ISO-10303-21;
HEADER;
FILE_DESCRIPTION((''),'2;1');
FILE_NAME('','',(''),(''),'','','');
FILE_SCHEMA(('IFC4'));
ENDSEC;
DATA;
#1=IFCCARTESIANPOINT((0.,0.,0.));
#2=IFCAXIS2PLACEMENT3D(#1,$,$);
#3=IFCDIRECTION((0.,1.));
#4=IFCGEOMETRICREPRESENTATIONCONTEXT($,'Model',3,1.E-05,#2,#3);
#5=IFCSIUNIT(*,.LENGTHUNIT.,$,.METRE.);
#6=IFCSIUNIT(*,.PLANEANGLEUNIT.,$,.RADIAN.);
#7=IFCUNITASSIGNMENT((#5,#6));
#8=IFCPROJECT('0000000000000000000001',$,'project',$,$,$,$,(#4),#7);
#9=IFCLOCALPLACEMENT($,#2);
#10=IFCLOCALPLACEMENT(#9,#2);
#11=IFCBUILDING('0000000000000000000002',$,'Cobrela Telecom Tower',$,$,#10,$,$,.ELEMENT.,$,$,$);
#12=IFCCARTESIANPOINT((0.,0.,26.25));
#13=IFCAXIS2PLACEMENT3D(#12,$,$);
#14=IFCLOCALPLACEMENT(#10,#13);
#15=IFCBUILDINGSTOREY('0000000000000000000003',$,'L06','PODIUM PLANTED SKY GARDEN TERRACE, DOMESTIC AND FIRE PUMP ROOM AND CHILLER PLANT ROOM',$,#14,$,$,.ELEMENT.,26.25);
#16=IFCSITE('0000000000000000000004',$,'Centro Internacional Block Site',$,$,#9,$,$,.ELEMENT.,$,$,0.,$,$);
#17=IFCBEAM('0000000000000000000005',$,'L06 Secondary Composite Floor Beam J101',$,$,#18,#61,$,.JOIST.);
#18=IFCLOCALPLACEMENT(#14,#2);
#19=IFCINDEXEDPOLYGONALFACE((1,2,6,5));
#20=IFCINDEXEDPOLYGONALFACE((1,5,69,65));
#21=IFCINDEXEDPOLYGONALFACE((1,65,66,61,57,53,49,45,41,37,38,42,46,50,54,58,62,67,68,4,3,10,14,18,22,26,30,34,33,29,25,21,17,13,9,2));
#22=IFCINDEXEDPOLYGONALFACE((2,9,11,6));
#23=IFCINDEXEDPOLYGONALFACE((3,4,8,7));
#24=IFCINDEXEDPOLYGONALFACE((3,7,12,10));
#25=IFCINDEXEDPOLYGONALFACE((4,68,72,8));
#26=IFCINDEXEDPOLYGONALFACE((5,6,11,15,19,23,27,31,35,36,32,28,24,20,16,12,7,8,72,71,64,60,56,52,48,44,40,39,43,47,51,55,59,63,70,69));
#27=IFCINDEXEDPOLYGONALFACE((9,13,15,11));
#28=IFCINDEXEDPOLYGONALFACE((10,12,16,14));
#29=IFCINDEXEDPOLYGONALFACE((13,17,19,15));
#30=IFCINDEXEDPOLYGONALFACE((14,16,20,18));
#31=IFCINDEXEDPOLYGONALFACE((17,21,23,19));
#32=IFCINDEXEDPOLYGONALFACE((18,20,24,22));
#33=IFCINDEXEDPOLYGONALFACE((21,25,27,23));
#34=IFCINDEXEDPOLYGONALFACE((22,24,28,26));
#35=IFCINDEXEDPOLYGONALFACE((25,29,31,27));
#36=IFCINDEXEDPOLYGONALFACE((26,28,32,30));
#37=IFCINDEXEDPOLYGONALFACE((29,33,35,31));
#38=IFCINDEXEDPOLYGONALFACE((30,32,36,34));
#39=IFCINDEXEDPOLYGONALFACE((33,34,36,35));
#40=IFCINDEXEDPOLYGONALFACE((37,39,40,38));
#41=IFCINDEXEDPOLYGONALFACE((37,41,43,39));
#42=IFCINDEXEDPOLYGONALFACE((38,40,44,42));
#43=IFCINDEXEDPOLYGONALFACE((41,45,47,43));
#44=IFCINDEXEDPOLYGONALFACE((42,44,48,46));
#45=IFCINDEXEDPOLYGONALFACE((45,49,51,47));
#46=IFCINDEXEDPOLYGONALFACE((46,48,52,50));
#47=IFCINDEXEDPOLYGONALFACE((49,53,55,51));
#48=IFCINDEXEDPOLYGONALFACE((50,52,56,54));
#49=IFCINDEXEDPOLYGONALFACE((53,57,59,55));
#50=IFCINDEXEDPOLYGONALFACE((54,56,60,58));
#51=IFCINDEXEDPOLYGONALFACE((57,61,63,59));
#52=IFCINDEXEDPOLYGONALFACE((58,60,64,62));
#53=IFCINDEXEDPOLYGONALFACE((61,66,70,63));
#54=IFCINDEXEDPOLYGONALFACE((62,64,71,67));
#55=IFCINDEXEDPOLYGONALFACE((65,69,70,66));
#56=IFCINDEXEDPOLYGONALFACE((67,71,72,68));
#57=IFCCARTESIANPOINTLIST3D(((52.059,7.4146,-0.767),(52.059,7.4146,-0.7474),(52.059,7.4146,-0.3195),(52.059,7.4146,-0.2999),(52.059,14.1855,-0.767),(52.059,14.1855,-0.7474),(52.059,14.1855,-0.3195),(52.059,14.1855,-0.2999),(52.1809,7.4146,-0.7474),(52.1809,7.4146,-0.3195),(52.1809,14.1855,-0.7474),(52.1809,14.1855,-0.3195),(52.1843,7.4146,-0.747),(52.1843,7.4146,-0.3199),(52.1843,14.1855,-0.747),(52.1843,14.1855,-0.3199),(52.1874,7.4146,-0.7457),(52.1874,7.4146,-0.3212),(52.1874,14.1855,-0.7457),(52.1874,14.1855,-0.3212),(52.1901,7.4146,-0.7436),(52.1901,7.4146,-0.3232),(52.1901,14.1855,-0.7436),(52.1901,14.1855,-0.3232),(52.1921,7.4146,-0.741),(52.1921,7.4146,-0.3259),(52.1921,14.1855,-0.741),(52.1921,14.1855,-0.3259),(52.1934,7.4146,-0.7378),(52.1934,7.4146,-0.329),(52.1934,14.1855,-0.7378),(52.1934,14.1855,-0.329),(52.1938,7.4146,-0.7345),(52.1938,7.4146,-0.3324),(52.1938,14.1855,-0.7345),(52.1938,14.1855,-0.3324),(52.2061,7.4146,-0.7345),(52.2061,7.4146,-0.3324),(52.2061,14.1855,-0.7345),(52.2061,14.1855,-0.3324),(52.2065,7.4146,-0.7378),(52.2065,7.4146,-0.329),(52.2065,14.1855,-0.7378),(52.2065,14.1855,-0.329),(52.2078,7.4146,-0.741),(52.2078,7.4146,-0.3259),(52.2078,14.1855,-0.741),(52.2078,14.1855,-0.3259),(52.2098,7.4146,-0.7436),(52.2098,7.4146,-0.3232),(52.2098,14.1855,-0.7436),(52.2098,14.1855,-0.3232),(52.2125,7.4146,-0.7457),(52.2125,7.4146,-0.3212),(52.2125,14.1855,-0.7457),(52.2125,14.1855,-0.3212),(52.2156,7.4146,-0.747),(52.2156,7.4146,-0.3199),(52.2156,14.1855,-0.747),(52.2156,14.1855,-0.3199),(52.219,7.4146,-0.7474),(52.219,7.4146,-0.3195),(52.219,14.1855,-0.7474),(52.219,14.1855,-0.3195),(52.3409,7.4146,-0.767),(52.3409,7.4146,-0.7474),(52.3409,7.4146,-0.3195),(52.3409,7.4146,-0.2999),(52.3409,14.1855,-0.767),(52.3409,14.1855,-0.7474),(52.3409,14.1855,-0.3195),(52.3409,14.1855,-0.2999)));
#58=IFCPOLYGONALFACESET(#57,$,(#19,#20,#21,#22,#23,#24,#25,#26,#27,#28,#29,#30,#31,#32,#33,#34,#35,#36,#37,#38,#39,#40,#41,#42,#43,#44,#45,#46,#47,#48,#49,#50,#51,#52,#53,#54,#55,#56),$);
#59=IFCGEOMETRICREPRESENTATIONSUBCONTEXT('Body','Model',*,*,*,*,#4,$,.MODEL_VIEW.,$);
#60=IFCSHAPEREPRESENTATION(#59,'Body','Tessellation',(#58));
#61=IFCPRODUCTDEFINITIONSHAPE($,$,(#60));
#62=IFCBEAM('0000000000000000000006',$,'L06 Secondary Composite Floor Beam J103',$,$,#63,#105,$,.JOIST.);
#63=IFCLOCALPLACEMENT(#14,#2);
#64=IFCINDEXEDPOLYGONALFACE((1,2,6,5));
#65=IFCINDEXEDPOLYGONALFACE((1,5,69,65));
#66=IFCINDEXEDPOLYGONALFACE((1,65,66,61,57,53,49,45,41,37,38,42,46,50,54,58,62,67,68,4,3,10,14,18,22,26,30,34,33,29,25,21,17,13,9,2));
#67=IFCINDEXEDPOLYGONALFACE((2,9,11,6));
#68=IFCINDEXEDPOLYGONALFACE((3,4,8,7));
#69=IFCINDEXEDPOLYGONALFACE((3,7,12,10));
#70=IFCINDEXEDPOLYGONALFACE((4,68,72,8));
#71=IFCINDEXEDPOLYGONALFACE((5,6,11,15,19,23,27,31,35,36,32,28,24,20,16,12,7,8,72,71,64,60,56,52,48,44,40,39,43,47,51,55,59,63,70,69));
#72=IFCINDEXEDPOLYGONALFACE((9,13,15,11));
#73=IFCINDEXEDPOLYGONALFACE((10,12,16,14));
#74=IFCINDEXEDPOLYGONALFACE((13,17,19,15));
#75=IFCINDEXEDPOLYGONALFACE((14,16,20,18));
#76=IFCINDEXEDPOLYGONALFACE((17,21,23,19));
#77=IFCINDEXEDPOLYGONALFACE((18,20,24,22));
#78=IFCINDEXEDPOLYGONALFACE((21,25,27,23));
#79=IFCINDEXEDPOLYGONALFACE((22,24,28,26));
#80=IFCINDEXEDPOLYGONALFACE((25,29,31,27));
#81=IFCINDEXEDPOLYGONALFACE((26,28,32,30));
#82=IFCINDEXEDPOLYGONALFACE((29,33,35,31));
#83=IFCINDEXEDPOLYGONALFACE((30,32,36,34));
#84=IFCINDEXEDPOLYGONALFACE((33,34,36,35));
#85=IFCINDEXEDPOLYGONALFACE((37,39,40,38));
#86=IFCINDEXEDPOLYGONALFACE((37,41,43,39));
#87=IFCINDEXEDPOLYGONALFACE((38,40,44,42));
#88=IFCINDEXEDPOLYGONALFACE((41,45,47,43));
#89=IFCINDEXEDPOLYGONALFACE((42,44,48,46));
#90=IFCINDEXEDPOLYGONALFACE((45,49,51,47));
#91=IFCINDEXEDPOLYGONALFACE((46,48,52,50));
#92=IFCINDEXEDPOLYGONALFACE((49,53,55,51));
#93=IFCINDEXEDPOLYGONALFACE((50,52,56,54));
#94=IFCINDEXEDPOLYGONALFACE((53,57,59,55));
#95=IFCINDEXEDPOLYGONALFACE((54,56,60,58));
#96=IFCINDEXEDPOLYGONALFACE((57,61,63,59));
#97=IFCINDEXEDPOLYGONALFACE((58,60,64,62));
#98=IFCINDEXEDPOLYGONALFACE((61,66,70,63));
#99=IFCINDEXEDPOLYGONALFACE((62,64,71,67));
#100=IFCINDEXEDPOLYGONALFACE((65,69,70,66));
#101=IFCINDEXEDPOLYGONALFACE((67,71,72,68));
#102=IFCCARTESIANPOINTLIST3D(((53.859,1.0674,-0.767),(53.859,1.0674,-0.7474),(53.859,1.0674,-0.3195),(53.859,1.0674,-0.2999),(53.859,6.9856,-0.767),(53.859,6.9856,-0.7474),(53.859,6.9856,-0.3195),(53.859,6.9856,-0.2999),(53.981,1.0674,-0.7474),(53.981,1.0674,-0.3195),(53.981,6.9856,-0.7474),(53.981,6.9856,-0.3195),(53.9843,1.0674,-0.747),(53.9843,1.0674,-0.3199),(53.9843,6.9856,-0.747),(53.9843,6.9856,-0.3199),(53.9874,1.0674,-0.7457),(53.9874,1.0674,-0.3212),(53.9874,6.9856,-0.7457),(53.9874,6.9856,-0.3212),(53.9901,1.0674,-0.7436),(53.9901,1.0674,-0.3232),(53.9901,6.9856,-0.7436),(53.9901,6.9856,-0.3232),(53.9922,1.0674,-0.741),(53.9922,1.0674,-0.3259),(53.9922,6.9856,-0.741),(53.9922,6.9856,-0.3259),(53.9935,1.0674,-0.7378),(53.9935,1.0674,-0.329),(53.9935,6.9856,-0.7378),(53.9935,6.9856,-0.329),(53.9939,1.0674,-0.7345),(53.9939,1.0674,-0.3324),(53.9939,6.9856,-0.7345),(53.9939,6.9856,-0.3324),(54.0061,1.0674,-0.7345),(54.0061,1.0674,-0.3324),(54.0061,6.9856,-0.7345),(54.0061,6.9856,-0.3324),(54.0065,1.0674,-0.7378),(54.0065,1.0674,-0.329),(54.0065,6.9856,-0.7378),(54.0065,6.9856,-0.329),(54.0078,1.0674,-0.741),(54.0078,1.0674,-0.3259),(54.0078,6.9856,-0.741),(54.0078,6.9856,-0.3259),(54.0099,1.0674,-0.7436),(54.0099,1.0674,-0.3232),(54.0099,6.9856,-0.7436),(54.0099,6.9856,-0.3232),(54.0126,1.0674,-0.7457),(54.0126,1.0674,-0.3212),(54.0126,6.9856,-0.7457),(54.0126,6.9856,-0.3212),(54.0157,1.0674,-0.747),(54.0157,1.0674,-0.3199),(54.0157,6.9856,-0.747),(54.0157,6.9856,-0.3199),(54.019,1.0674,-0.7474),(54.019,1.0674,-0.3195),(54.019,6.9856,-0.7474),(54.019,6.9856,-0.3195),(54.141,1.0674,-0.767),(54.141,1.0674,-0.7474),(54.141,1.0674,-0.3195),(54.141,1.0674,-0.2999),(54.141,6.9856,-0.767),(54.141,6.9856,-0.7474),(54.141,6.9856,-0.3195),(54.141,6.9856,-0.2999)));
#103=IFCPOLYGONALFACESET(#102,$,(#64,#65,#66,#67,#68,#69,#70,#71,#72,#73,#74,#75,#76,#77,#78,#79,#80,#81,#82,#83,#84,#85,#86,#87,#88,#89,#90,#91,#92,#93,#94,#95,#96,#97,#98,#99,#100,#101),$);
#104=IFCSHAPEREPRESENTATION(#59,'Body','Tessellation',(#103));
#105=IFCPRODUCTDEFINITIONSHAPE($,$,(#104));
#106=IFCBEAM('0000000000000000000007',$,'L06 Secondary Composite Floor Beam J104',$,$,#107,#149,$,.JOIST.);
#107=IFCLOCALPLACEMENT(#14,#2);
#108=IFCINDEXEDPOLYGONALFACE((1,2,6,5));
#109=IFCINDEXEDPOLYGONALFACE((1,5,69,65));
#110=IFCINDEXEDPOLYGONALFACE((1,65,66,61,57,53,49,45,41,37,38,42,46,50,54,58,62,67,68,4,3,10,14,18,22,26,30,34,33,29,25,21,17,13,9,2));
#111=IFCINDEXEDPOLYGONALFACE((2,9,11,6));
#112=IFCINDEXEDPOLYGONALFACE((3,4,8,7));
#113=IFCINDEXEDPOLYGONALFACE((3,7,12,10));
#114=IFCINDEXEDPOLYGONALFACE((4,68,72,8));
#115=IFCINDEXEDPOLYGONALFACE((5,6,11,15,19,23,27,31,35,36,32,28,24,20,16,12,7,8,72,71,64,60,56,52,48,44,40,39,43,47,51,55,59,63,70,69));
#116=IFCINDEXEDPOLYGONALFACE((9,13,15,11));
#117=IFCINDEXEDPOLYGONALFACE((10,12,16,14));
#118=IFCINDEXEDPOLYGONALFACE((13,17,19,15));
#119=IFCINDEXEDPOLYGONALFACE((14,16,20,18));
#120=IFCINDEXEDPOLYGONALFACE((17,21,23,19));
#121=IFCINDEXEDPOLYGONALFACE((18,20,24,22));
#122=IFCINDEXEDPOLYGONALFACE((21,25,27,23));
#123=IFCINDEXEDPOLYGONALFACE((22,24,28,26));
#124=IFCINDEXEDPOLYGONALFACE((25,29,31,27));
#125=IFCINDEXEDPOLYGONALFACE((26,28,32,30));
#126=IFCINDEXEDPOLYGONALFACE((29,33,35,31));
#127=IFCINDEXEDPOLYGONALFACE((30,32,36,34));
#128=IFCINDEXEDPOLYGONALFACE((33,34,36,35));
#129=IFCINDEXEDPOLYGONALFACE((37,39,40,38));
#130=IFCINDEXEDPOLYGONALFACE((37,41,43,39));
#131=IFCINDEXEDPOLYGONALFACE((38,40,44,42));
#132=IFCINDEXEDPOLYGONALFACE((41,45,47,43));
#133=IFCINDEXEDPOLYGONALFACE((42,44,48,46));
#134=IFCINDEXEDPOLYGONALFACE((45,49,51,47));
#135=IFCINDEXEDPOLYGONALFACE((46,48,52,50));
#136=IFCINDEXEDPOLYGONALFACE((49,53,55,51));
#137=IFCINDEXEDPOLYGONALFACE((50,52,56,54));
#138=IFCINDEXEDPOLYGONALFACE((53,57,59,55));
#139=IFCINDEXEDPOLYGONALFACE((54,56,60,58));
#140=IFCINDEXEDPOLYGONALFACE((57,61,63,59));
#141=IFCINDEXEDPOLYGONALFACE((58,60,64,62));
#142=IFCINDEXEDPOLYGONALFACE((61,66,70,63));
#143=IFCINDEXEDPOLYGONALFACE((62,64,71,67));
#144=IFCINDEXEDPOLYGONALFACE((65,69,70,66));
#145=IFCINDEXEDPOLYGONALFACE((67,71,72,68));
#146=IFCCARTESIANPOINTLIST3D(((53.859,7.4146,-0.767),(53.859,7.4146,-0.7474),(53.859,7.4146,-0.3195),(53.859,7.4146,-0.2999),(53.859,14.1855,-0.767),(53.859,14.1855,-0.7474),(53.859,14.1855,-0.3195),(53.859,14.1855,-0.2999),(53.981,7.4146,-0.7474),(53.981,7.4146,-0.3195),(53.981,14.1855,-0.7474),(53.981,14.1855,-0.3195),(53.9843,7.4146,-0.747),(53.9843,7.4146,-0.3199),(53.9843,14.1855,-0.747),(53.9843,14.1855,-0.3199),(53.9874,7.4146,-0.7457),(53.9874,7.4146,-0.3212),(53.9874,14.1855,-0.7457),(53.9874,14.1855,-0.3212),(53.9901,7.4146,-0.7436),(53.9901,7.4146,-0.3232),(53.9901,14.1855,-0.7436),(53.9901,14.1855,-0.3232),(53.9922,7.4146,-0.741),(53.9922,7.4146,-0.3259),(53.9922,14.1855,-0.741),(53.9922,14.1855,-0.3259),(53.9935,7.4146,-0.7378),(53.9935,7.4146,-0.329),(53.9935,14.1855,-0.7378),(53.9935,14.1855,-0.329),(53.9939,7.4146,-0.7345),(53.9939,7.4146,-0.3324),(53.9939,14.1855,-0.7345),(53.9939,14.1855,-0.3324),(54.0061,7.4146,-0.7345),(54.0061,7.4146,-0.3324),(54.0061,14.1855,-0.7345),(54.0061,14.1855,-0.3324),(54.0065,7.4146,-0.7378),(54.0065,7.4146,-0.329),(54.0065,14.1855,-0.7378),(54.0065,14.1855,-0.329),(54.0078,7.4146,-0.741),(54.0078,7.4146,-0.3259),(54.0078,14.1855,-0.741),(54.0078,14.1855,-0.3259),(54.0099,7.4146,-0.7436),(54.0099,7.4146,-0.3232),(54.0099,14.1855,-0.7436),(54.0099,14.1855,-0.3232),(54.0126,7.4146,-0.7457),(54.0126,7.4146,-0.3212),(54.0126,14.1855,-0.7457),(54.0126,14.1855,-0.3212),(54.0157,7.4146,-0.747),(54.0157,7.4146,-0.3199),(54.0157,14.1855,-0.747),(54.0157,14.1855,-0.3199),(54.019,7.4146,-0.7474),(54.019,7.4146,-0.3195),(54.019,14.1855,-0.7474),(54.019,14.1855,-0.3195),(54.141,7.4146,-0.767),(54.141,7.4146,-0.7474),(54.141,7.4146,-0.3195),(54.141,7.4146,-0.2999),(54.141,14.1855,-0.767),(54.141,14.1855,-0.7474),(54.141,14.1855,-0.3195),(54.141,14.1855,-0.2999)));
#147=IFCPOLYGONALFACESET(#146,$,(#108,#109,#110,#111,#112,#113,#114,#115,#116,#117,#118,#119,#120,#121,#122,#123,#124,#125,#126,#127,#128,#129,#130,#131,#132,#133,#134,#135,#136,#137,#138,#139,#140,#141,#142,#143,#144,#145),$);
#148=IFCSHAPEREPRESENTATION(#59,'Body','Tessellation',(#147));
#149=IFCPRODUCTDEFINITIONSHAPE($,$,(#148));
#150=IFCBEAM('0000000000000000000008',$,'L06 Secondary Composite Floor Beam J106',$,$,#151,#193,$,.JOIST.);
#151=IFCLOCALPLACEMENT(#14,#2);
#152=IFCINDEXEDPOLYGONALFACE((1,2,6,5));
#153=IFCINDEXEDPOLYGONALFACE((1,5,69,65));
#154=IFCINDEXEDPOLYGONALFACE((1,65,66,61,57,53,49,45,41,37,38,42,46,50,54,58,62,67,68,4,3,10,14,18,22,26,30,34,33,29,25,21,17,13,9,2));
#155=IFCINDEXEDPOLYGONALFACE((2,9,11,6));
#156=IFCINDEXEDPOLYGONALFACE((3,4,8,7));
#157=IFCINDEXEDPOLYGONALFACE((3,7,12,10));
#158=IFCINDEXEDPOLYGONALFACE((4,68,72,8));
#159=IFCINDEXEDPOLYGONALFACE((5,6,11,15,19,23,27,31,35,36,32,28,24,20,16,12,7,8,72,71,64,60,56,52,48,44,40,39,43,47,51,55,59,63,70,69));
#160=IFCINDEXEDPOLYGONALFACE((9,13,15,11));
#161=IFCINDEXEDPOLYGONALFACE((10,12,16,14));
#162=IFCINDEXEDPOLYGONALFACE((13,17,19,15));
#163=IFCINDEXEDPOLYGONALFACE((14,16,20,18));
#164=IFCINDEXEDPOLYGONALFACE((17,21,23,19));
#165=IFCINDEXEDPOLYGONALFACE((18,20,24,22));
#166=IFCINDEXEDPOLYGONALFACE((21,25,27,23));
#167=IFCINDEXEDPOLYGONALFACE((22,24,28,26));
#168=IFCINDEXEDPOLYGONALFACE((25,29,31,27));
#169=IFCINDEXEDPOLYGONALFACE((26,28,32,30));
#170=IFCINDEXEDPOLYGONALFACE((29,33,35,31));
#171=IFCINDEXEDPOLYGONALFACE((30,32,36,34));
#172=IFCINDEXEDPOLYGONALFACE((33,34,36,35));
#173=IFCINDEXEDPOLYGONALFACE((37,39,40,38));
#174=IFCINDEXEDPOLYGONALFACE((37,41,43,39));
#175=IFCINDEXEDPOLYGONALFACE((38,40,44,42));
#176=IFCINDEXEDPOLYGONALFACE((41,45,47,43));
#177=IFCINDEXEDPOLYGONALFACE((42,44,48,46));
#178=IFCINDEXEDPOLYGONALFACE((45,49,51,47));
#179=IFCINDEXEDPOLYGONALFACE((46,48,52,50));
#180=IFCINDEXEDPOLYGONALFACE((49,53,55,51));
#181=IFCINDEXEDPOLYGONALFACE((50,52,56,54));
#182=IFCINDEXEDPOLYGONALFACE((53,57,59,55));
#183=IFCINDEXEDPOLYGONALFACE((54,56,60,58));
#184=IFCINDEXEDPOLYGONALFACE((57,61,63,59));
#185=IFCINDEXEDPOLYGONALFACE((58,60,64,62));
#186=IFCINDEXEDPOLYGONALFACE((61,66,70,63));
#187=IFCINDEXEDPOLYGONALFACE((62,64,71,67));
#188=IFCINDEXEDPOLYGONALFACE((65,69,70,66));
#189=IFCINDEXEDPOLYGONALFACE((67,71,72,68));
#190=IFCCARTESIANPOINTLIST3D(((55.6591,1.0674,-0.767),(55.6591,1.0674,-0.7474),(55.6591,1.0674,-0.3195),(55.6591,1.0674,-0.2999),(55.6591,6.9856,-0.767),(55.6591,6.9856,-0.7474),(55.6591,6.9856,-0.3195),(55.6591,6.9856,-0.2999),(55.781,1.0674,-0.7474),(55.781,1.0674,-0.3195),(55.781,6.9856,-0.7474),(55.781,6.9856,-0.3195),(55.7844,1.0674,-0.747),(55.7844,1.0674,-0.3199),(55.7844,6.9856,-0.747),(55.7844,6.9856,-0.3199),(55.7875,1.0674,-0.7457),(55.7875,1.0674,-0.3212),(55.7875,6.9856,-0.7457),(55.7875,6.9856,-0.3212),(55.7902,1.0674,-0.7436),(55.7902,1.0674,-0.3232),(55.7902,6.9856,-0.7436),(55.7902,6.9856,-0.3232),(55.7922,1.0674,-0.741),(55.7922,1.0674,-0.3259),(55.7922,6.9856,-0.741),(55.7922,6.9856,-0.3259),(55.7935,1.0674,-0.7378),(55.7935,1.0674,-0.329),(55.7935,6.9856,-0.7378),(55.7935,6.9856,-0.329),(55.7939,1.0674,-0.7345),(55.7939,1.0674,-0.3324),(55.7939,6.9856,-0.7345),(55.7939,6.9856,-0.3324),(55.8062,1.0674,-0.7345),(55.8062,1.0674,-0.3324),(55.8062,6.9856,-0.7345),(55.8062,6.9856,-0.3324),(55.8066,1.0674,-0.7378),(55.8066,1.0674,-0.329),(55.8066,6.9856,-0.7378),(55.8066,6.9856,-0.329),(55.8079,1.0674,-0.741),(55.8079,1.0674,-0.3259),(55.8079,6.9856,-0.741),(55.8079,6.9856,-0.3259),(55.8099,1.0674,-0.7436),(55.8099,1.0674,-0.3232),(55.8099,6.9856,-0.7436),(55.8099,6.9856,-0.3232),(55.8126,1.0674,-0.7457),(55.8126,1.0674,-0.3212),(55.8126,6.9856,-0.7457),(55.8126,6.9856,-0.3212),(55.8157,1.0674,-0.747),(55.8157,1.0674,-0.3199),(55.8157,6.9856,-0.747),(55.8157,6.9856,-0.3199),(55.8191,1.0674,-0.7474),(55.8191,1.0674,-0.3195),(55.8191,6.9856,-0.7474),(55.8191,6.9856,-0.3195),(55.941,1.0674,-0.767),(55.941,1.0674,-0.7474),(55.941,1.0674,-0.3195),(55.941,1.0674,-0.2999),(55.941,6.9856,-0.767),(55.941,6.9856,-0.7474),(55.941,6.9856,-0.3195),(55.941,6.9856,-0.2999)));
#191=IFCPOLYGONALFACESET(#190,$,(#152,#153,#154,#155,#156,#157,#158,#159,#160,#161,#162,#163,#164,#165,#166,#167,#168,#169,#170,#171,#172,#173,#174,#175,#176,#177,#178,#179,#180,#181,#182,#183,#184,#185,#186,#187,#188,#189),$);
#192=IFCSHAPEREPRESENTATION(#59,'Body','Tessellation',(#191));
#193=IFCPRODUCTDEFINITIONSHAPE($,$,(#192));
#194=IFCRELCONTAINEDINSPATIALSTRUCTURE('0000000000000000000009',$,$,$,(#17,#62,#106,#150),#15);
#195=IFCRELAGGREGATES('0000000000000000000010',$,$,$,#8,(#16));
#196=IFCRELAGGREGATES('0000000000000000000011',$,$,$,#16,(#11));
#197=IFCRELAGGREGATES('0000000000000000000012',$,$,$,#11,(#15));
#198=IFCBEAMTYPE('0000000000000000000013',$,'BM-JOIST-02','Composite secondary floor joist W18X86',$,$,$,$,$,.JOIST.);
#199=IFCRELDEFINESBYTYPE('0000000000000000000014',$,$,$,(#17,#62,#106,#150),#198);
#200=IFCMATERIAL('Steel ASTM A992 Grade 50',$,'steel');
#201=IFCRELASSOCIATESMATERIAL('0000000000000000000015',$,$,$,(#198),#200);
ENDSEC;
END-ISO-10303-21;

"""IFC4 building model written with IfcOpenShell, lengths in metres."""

from ifc_helpers import new_model, si_unit, direction, frame, origin, origin_2d, place, context, subcontext, project, spatial, i_section, extrude, material, material_profile, profile_set, type_object, element, save


model = new_model("IFC4")

# Units and contexts
model_context = context("Model", 3, precision=1e-05, world=origin(), true_north=direction((0.0, 1.0)))
body_context = subcontext(model_context, "Body", "Model", "MODEL_VIEW")
ifc_project = project(units=[si_unit("LENGTHUNIT", "METRE"), si_unit("PLANEANGLEUNIT", "RADIAN")], contexts=[model_context])

# Site, building, storey
site_placement = place(None, origin())
site = spatial("IfcSite", under=ifc_project, at=site_placement, Name="Centro Internacional Block Site", CompositionType="ELEMENT", RefElevation=0.0)
building_placement = place(site_placement, origin())
building = spatial("IfcBuilding", under=site, at=building_placement, Name="Cobrela Telecom Tower", CompositionType="ELEMENT")
storey_placement = place(building_placement, frame((0.0, 0.0, 26.25)))
storey = spatial("IfcBuildingStorey", under=building, at=storey_placement, Name="L06", Description="PODIUM PLANTED SKY GARDEN TERRACE, DOMESTIC AND FIRE PUMP ROOM AND CHILLER PLANT ROOM", CompositionType="ELEMENT", Elevation=26.25)

# Beams
ifc_material_1 = material(Name="Steel ASTM A992 Grade 50", Category="steel")
ifc_material_profile_1 = material_profile(ifc_material_1, i_section(OverallWidth=0.282, OverallDepth=0.467, WebThickness=0.0122, FlangeThickness=0.0195, FilletRadius=0.0129, at=origin_2d()), Name="W18X86")
ifc_profile_set_1 = profile_set([ifc_material_profile_1], Name="Steel ASTM A992 Grade 50")
beam_type_1 = type_object("IfcBeamType", Name="BM-JOIST-02", Description="Composite secondary floor joist W18X86", PredefinedType="JOIST", material=ifc_profile_set_1)
beam_1_placement = place(storey_placement, frame((52.2, 7.4146, -0.5334), z_axis=(0.0, 1.0, 0.0), x_axis=(-1.0, 0.0, 0.0)))
element("IfcBeam", 1, at=beam_1_placement, inside=storey, type_object=beam_type_1, Name="L06 Secondary Composite Floor Beam J101", PredefinedType="JOIST", context=body_context, shape_type="SweptSolid", body=[
    extrude(i_section(OverallWidth=0.282, OverallDepth=0.467, WebThickness=0.0122, FlangeThickness=0.0195, FilletRadius=0.0129, at=origin_2d()), origin(), (0.0, 0.0, 1.0), 6.771),
])
beam_2_placement = place(storey_placement, frame((54.0, 1.0674, -0.5334), z_axis=(0.0, 1.0, 0.0), x_axis=(-1.0, 0.0, 0.0)))
element("IfcBeam", 2, at=beam_2_placement, inside=storey, type_object=beam_type_1, Name="L06 Secondary Composite Floor Beam J103", PredefinedType="JOIST", context=body_context, shape_type="SweptSolid", body=[
    extrude(i_section(OverallWidth=0.282, OverallDepth=0.467, WebThickness=0.0122, FlangeThickness=0.0195, FilletRadius=0.0129, at=origin_2d()), origin(), (0.0, 0.0, 1.0), 5.9182),
])
beam_3_placement = place(storey_placement, frame((54.0, 7.4146, -0.5334), z_axis=(0.0, 1.0, 0.0), x_axis=(-1.0, 0.0, 0.0)))
element("IfcBeam", 3, at=beam_3_placement, inside=storey, type_object=beam_type_1, Name="L06 Secondary Composite Floor Beam J104", PredefinedType="JOIST", context=body_context, shape_type="SweptSolid", body=[
    extrude(i_section(OverallWidth=0.282, OverallDepth=0.467, WebThickness=0.0122, FlangeThickness=0.0195, FilletRadius=0.0129, at=origin_2d()), origin(), (0.0, 0.0, 1.0), 6.771),
])
beam_4_placement = place(storey_placement, frame((55.8, 1.0674, -0.5334), z_axis=(0.0, 1.0, 0.0), x_axis=(-1.0, 0.0, 0.0)))
element("IfcBeam", 4, at=beam_4_placement, inside=storey, type_object=beam_type_1, Name="L06 Secondary Composite Floor Beam J106", PredefinedType="JOIST", context=body_context, shape_type="SweptSolid", body=[
    extrude(i_section(OverallWidth=0.282, OverallDepth=0.467, WebThickness=0.0122, FlangeThickness=0.0195, FilletRadius=0.0129, at=origin_2d()), origin(), (0.0, 0.0, 1.0), 5.9182),
])

save(model, "model.ifc")
